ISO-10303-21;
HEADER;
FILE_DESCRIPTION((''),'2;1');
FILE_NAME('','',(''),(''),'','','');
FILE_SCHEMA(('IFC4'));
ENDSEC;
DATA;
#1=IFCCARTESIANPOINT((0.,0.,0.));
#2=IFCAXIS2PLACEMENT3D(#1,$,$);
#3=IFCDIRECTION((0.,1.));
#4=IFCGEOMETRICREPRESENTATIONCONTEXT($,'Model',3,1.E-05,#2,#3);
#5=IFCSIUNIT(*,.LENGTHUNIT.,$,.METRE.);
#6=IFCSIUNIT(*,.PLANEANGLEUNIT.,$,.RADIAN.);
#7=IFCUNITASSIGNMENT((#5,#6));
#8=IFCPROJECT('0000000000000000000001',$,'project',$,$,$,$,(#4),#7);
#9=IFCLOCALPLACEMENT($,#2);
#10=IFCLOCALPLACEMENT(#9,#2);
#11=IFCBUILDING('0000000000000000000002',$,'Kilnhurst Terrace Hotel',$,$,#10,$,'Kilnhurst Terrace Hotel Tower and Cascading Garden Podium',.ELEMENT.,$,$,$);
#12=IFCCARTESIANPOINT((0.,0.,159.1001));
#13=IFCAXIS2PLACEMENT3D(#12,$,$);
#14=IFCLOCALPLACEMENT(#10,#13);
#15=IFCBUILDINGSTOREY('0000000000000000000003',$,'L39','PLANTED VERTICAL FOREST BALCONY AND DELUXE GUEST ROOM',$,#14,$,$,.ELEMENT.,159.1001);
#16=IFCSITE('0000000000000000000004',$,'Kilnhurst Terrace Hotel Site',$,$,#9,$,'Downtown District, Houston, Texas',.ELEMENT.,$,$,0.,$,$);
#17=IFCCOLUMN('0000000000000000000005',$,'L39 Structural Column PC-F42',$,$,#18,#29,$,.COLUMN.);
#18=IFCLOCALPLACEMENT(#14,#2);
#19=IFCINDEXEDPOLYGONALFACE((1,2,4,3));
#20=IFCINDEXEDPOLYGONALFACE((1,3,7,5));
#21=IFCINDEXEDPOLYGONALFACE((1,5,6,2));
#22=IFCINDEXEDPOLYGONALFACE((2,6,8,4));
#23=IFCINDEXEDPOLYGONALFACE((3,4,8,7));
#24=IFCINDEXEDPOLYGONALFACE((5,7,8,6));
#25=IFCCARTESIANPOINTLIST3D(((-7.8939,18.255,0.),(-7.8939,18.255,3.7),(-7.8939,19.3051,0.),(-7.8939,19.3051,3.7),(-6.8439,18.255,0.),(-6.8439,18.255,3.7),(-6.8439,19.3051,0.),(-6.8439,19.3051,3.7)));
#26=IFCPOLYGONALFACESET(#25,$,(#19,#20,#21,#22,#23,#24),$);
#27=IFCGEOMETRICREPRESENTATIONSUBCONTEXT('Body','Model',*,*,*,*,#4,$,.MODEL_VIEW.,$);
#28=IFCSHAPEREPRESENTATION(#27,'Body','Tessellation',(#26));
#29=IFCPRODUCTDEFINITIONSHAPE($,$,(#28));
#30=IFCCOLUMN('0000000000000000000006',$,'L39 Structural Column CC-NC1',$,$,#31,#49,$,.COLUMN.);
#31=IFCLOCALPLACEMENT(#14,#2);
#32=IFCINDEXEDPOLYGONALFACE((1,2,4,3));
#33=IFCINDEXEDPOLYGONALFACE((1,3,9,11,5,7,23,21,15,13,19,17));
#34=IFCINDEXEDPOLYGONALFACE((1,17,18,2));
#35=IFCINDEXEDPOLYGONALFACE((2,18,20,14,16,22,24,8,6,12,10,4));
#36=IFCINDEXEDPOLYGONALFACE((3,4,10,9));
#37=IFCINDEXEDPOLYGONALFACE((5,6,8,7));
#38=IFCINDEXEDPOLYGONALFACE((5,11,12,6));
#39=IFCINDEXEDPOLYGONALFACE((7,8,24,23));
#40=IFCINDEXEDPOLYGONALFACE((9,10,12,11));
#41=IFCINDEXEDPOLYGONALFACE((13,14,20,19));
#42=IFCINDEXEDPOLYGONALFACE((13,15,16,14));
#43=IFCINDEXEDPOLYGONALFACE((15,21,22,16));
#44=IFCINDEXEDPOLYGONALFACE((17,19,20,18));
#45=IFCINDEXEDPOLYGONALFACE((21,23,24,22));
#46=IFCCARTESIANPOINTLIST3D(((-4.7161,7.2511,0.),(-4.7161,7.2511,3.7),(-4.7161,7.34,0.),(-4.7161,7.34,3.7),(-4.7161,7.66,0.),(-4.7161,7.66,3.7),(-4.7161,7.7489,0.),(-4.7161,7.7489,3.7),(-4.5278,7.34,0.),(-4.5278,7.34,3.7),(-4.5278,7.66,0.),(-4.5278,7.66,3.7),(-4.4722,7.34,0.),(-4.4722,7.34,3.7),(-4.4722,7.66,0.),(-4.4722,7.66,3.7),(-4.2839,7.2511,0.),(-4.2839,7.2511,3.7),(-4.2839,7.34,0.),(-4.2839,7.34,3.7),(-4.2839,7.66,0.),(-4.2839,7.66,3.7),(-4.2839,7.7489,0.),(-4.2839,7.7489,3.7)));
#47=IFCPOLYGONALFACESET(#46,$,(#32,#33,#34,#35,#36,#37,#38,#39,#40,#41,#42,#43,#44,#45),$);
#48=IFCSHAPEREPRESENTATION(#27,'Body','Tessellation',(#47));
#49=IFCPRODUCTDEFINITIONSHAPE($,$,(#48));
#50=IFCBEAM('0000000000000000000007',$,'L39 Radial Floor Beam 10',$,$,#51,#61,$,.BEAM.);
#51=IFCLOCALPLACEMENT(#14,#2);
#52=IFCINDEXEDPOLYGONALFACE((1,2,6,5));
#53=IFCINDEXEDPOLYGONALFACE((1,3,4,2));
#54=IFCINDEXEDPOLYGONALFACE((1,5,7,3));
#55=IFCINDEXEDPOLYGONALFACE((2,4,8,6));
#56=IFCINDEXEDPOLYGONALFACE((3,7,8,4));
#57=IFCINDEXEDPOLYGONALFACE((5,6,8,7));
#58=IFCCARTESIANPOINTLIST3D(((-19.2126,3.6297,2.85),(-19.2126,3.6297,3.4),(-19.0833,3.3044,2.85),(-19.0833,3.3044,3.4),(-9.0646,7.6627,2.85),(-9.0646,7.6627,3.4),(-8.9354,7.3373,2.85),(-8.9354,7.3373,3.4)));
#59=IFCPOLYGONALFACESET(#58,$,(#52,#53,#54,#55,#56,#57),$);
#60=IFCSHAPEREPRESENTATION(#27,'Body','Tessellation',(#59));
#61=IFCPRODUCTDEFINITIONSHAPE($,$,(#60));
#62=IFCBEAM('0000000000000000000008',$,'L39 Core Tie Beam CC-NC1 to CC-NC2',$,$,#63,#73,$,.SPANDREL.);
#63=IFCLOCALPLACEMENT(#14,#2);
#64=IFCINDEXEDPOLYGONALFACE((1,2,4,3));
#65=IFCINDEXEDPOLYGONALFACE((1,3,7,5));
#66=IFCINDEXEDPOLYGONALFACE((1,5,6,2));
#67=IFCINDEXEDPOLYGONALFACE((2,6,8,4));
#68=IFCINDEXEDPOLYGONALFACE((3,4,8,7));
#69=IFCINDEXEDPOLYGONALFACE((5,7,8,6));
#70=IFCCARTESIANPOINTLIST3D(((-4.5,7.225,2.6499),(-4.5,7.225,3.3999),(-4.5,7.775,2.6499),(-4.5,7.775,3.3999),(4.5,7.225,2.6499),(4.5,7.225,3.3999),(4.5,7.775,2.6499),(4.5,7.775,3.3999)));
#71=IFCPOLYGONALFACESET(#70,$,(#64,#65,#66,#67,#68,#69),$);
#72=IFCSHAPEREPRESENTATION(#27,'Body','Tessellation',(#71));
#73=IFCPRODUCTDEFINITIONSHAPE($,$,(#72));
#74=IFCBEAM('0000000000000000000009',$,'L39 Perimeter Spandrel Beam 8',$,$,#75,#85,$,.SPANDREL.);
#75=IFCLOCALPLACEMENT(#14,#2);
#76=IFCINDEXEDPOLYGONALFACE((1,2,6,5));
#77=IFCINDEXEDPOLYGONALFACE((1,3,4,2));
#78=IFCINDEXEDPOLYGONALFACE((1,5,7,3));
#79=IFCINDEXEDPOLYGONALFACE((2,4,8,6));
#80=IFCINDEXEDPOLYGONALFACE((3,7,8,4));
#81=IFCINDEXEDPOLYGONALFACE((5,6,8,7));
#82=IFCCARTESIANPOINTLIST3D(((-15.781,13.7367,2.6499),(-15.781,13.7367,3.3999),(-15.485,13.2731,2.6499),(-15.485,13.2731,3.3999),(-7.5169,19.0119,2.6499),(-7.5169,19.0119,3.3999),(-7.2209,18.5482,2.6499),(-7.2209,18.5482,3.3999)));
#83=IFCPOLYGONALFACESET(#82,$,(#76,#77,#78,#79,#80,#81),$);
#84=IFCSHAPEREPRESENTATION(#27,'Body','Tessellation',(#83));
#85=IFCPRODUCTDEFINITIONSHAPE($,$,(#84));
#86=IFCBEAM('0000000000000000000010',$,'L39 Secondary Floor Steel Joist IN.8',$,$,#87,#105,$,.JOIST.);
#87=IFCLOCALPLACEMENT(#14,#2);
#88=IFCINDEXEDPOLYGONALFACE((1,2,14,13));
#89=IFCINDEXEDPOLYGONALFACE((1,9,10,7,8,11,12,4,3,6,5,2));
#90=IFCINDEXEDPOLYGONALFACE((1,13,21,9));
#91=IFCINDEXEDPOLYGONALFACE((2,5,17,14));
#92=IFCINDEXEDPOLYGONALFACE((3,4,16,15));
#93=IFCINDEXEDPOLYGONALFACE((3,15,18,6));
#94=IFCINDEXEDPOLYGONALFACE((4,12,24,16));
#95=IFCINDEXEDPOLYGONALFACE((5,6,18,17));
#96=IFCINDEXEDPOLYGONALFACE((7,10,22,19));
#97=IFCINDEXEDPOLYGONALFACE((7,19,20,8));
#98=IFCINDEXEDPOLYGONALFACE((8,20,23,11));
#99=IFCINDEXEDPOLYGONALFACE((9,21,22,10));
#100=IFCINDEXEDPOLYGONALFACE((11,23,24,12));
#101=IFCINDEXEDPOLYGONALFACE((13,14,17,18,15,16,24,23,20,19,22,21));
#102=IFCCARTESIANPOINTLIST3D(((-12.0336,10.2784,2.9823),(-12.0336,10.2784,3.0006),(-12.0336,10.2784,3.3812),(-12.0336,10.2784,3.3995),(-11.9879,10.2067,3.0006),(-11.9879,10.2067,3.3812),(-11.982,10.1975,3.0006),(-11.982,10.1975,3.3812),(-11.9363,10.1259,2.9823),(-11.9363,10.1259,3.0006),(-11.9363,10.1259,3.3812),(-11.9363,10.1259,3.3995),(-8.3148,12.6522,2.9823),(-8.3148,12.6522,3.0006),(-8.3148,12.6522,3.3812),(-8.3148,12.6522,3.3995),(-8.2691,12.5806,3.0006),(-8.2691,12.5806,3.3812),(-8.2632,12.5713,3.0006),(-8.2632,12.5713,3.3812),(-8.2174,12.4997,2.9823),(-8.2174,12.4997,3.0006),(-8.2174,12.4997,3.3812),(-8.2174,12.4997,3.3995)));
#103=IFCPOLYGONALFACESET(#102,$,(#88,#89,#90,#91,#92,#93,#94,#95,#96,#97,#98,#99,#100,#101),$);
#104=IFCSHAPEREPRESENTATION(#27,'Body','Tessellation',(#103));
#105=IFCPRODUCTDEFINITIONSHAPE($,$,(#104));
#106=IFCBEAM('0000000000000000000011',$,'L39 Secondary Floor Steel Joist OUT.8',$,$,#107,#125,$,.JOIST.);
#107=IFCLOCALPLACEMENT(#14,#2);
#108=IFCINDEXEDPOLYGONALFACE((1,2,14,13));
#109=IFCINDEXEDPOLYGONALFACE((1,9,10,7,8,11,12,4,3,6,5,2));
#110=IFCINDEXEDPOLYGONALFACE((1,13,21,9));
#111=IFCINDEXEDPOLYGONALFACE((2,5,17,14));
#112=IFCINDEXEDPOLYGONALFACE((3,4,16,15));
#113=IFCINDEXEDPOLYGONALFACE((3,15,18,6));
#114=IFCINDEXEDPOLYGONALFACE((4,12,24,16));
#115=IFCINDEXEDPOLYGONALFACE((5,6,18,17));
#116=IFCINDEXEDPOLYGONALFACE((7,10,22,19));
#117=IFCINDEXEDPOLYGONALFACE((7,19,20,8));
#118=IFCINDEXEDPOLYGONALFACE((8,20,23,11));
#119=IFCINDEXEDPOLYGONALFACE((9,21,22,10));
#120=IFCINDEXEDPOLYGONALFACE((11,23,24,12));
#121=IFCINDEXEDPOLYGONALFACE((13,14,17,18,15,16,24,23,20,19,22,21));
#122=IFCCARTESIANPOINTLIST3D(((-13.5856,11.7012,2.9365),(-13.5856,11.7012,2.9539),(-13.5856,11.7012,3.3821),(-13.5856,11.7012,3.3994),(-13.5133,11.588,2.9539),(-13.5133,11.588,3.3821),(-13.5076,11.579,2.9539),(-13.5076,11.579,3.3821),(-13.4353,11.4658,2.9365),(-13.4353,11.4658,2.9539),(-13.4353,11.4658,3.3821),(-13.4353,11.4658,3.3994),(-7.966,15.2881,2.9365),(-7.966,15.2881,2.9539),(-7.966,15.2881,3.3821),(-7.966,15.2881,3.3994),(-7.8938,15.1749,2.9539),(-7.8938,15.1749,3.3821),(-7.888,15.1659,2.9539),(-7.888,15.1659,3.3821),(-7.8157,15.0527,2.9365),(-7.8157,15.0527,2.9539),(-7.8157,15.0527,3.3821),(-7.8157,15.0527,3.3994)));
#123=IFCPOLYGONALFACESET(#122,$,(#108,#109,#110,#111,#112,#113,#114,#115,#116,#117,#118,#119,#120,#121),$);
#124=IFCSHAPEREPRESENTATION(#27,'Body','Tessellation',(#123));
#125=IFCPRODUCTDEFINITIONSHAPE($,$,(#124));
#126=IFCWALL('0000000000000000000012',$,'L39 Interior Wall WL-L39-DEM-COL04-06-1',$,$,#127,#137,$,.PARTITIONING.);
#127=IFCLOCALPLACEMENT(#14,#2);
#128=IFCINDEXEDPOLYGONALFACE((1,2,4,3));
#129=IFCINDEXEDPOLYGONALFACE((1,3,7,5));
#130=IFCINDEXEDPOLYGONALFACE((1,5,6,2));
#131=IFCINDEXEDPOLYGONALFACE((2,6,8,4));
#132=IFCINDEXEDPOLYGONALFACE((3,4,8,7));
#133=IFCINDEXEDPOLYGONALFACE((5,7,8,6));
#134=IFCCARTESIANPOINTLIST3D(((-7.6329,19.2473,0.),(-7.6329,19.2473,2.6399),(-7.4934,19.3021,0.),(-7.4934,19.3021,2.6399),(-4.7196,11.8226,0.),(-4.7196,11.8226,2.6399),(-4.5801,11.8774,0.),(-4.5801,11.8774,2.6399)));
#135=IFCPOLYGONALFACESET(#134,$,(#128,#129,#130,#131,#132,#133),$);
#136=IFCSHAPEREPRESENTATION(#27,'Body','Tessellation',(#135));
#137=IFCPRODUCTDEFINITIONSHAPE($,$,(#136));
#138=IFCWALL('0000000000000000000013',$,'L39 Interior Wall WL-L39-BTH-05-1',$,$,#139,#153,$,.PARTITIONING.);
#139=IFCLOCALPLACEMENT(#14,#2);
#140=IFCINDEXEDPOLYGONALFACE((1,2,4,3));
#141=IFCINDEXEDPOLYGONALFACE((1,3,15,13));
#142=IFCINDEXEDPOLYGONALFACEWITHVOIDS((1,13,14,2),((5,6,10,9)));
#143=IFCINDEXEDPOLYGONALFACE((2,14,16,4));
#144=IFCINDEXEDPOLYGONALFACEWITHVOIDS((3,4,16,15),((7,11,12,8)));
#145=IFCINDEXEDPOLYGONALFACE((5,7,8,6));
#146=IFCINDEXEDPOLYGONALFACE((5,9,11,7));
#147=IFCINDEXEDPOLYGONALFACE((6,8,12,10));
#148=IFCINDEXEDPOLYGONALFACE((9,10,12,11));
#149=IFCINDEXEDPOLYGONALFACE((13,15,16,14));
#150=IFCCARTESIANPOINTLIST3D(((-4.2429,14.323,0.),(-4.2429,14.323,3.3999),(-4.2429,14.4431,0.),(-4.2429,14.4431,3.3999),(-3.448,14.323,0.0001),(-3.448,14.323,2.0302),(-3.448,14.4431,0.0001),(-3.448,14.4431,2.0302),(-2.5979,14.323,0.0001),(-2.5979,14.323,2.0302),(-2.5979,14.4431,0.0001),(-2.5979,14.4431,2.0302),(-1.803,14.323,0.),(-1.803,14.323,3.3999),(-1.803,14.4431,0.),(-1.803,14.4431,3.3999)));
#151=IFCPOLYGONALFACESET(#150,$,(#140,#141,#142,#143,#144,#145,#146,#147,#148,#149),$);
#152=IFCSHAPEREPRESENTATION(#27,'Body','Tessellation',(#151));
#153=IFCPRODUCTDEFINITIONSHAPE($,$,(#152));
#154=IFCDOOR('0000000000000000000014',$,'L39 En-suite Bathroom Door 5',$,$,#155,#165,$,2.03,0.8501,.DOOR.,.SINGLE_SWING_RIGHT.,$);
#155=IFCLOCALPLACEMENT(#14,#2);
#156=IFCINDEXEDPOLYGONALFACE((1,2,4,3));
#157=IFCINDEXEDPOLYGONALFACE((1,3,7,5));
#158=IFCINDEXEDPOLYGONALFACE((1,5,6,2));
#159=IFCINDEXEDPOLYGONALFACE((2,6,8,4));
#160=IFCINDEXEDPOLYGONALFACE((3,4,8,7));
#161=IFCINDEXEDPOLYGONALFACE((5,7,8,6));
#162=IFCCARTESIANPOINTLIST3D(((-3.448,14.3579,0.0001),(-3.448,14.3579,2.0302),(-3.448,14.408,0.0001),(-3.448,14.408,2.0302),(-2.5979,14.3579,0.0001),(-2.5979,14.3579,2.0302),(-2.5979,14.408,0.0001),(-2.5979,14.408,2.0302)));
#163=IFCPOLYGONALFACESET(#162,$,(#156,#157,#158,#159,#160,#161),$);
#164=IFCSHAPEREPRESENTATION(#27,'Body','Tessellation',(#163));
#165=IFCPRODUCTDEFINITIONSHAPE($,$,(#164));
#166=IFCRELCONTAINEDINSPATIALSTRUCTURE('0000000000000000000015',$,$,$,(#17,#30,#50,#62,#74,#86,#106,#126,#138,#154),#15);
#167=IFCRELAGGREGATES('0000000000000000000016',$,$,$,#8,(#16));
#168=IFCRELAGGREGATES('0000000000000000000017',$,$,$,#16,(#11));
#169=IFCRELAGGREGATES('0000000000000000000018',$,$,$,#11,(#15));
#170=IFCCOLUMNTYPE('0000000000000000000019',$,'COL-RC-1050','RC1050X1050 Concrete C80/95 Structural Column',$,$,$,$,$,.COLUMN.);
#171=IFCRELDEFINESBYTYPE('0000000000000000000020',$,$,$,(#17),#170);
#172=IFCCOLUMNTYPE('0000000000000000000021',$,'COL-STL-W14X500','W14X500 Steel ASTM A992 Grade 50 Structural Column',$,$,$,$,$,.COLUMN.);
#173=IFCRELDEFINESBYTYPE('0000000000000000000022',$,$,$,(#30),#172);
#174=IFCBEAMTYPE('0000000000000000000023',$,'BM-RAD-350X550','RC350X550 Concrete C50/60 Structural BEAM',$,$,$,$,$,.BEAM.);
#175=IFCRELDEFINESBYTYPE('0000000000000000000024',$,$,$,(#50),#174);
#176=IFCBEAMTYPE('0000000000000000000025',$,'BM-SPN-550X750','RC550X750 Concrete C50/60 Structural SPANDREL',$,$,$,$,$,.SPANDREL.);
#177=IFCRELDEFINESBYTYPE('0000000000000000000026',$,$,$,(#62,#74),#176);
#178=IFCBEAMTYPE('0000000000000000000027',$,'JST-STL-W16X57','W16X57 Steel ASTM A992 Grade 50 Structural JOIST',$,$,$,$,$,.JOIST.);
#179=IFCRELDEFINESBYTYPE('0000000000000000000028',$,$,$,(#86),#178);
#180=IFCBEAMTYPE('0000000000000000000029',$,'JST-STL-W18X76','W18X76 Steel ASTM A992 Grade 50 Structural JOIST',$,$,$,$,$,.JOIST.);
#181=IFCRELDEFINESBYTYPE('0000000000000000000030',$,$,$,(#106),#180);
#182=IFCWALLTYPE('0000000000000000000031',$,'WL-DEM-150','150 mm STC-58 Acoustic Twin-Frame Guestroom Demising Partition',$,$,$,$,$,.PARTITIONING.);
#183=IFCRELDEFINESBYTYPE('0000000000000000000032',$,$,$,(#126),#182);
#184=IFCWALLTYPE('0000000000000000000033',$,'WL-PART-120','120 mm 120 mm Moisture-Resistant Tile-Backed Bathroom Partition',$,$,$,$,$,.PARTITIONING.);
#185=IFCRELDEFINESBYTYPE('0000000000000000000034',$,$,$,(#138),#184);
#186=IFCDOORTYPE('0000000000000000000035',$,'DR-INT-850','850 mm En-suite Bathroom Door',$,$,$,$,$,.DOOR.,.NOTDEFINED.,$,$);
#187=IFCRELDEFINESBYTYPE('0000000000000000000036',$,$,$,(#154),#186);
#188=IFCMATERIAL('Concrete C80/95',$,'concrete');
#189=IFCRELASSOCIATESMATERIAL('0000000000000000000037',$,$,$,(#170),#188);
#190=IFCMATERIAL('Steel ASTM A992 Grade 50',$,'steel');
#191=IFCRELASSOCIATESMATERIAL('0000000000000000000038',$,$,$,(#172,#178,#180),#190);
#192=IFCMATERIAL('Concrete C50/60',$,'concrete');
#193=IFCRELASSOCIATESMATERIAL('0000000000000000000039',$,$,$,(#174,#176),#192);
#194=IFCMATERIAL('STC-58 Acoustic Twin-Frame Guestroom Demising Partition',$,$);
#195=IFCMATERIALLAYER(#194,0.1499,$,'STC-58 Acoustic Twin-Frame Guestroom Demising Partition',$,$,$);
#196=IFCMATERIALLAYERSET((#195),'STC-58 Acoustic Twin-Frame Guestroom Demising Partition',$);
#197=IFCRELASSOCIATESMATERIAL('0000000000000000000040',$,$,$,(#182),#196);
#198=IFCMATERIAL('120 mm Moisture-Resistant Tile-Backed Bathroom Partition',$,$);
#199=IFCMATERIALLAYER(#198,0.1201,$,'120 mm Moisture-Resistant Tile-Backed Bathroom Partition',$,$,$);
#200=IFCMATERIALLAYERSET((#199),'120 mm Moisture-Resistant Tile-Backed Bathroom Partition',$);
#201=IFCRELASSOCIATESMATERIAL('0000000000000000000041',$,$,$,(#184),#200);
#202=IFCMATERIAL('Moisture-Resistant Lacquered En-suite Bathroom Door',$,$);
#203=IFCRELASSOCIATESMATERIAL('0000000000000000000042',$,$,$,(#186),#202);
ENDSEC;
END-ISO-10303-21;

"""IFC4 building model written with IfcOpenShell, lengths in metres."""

from ifc_helpers import new_model, si_unit, direction, frame, frame_2d, origin, origin_2d, place, context, subcontext, project, spatial, rectangle, i_section, extrude, material, layer, layer_set, material_profile, profile_set, type_object, element, fill, save


model = new_model("IFC4")

# Units and contexts
model_context = context("Model", 3, precision=1e-05, world=origin(), true_north=direction((0.0, 1.0)))
body_context = subcontext(model_context, "Body", "Model", "MODEL_VIEW")
ifc_project = project(units=[si_unit("LENGTHUNIT", "METRE"), si_unit("PLANEANGLEUNIT", "RADIAN")], contexts=[model_context])

# Site, building, storey
site_placement = place(None, origin())
site = spatial("IfcSite", under=ifc_project, at=site_placement, Name="Kilnhurst Terrace Hotel Site", LongName="Downtown District, Houston, Texas", CompositionType="ELEMENT", RefElevation=0.0)
building_placement = place(site_placement, origin())
building = spatial("IfcBuilding", under=site, at=building_placement, Name="Kilnhurst Terrace Hotel", LongName="Kilnhurst Terrace Hotel Tower and Cascading Garden Podium", CompositionType="ELEMENT")
storey_placement = place(building_placement, frame((0.0, 0.0, 159.1001)))
storey = spatial("IfcBuildingStorey", under=building, at=storey_placement, Name="L39", Description="PLANTED VERTICAL FOREST BALCONY AND DELUXE GUEST ROOM", CompositionType="ELEMENT", Elevation=159.1001)

# Columns
ifc_material_1 = material(Name="Concrete C80/95", Category="concrete")
ifc_material_profile_1 = material_profile(ifc_material_1, rectangle(XDim=1.05, YDim=1.05, at=origin_2d()), Name="RC1050X1050")
ifc_profile_set_1 = profile_set([ifc_material_profile_1], Name="Concrete C80/95")
column_type_1 = type_object("IfcColumnType", Name="COL-RC-1050", Description="RC1050X1050 Concrete C80/95 Structural Column", PredefinedType="COLUMN", material=ifc_profile_set_1)
column_1_placement = place(storey_placement, frame((-7.3689, 18.78, 0.0), z_axis=(0.0, 0.0, 1.0), x_axis=(1.0, 0.0, 0.0)))
element("IfcColumn", 1, at=column_1_placement, inside=storey, type_object=column_type_1, Name="L39 Structural Column PC-F42", PredefinedType="COLUMN", context=body_context, shape_type="SweptSolid", body=[
    extrude(rectangle(XDim=1.05, YDim=1.05, at=origin_2d()), origin(), (0.0, 0.0, 1.0), 3.7),
])
ifc_material_2 = material(Name="Steel ASTM A992 Grade 50", Category="steel")
ifc_material_profile_2 = material_profile(ifc_material_2, i_section(OverallWidth=0.4321, OverallDepth=0.4978, WebThickness=0.0557, FlangeThickness=0.0889, at=origin_2d()), Name="W14X500")
ifc_profile_set_2 = profile_set([ifc_material_profile_2], Name="Steel ASTM A992 Grade 50")
column_type_2 = type_object("IfcColumnType", Name="COL-STL-W14X500", Description="W14X500 Steel ASTM A992 Grade 50 Structural Column", PredefinedType="COLUMN", material=ifc_profile_set_2)
column_2_placement = place(storey_placement, frame((-4.5, 7.5, 0.0), z_axis=(0.0, 0.0, 1.0), x_axis=(1.0, 0.0, 0.0)))
element("IfcColumn", 2, at=column_2_placement, inside=storey, type_object=column_type_2, Name="L39 Structural Column CC-NC1", PredefinedType="COLUMN", context=body_context, shape_type="SweptSolid", body=[
    extrude(i_section(OverallWidth=0.4321, OverallDepth=0.4978, WebThickness=0.0557, FlangeThickness=0.0889, at=origin_2d()), origin(), (0.0, 0.0, 1.0), 3.7),
])

# Beams
ifc_material_3 = material(Name="Concrete C50/60", Category="concrete")
ifc_material_profile_3 = material_profile(ifc_material_3, rectangle(XDim=0.3501, YDim=0.55, at=origin_2d()), Name="RC350X550")
ifc_profile_set_3 = profile_set([ifc_material_profile_3], Name="Concrete C50/60")
beam_type_1 = type_object("IfcBeamType", Name="BM-RAD-350X550", Description="RC350X550 Concrete C50/60 Structural BEAM", PredefinedType="BEAM", material=ifc_profile_set_3)
beam_1_placement = place(storey_placement, frame((-9.0, 7.5, 3.125), z_axis=(-0.929302, -0.36932, 0.0), x_axis=(0.36932, -0.929302, 0.0)))
element("IfcBeam", 3, at=beam_1_placement, inside=storey, type_object=beam_type_1, Name="L39 Radial Floor Beam 10", PredefinedType="BEAM", context=body_context, shape_type="SweptSolid", body=[
    extrude(rectangle(XDim=0.3501, YDim=0.55, at=origin_2d()), origin(), (0.0, 0.0, 1.0), 10.9199),
])
ifc_material_profile_4 = material_profile(ifc_material_3, rectangle(XDim=0.55, YDim=0.75, at=origin_2d()), Name="RC550X750")
ifc_profile_set_4 = profile_set([ifc_material_profile_4], Name="Concrete C50/60")
beam_type_2 = type_object("IfcBeamType", Name="BM-SPN-550X750", Description="RC550X750 Concrete C50/60 Structural SPANDREL", PredefinedType="SPANDREL", material=ifc_profile_set_4)
beam_2_placement = place(storey_placement, frame((-4.5, 7.5, 3.0249), z_axis=(1.0, 0.0, 0.0), x_axis=(0.0, 1.0, 0.0)))
element("IfcBeam", 4, at=beam_2_placement, inside=storey, type_object=beam_type_2, Name="L39 Core Tie Beam CC-NC1 to CC-NC2", PredefinedType="SPANDREL", context=body_context, shape_type="SweptSolid", body=[
    extrude(rectangle(XDim=0.55, YDim=0.75, at=origin_2d()), origin(), (0.0, 0.0, 1.0), 9.0),
])
beam_3_placement = place(storey_placement, frame((-7.3689, 18.78, 3.0249), z_axis=(-0.842915, -0.538046, 0.0), x_axis=(0.538046, -0.842915, 0.0)))
element("IfcBeam", 5, at=beam_3_placement, inside=storey, type_object=beam_type_2, Name="L39 Perimeter Spandrel Beam 8", PredefinedType="SPANDREL", context=body_context, shape_type="SweptSolid", body=[
    extrude(rectangle(XDim=0.55, YDim=0.75, at=origin_2d()), origin(), (0.0, 0.0, 1.0), 9.8042),
])
ifc_material_profile_5 = material_profile(ifc_material_2, i_section(OverallWidth=0.1809, OverallDepth=0.4172, WebThickness=0.011, FlangeThickness=0.0183, at=origin_2d()), Name="W16X57")
ifc_profile_set_5 = profile_set([ifc_material_profile_5], Name="Steel ASTM A992 Grade 50")
beam_type_3 = type_object("IfcBeamType", Name="JST-STL-W16X57", Description="W16X57 Steel ASTM A992 Grade 50 Structural JOIST", PredefinedType="JOIST", material=ifc_profile_set_5)
beam_4_placement = place(storey_placement, frame((-8.2661, 12.5759, 3.1909), z_axis=(-0.842911, -0.538053, 0.0), x_axis=(0.538053, -0.842911, 0.0)))
element("IfcBeam", 6, at=beam_4_placement, inside=storey, type_object=beam_type_3, Name="L39 Secondary Floor Steel Joist IN.8", PredefinedType="JOIST", context=body_context, shape_type="SweptSolid", body=[
    extrude(i_section(OverallWidth=0.1809, OverallDepth=0.4172, WebThickness=0.011, FlangeThickness=0.0183, at=origin_2d()), origin(), (0.0, 0.0, 1.0), 4.4119),
])
ifc_material_profile_6 = material_profile(ifc_material_2, i_section(OverallWidth=0.2793, OverallDepth=0.4629, WebThickness=0.0107, FlangeThickness=0.0173, at=origin_2d()), Name="W18X76")
ifc_profile_set_6 = profile_set([ifc_material_profile_6], Name="Steel ASTM A992 Grade 50")
beam_type_4 = type_object("IfcBeamType", Name="JST-STL-W18X76", Description="W18X76 Steel ASTM A992 Grade 50 Structural JOIST", PredefinedType="JOIST", material=ifc_profile_set_6)
beam_5_placement = place(storey_placement, frame((-7.8909, 15.1704, 3.168), z_axis=(-0.842928, -0.538027, 0.0), x_axis=(0.538027, -0.842928, 0.0)))
element("IfcBeam", 7, at=beam_5_placement, inside=storey, type_object=beam_type_4, Name="L39 Secondary Floor Steel Joist OUT.8", PredefinedType="JOIST", context=body_context, shape_type="SweptSolid", body=[
    extrude(i_section(OverallWidth=0.2793, OverallDepth=0.4629, WebThickness=0.0107, FlangeThickness=0.0173, at=origin_2d()), origin(), (0.0, 0.0, 1.0), 6.6667),
])

# Wall
ifc_material_4 = material(Name="STC-58 Acoustic Twin-Frame Guestroom Demising Partition")
ifc_layer_1 = layer(ifc_material_4, 0.1499, Name="STC-58 Acoustic Twin-Frame Guestroom Demising Partition")
ifc_layer_set_1 = layer_set([ifc_layer_1], Name="STC-58 Acoustic Twin-Frame Guestroom Demising Partition")
wall_type_1 = type_object("IfcWallType", Name="WL-DEM-150", Description="150 mm STC-58 Acoustic Twin-Frame Guestroom Demising Partition", PredefinedType="PARTITIONING", material=ifc_layer_set_1)
wall_1_placement = place(storey_placement, frame((-4.6499, 11.8501, 0.0), z_axis=(0.0, 0.0, 1.0), x_axis=(-0.365266, 0.930903, 0.0)))
element("IfcWall", 8, at=wall_1_placement, inside=storey, type_object=wall_type_1, Name="L39 Interior Wall WL-L39-DEM-COL04-06-1", PredefinedType="PARTITIONING", context=body_context, shape_type="SweptSolid", body=[
    extrude(rectangle(XDim=7.9758, YDim=0.1499, at=frame_2d((3.9878, 0.0))), origin(), (0.0, 0.0, 1.0), 2.6399),
])

# Wall, opening, door
ifc_material_5 = material(Name="120 mm Moisture-Resistant Tile-Backed Bathroom Partition")
ifc_layer_2 = layer(ifc_material_5, 0.1201, Name="120 mm Moisture-Resistant Tile-Backed Bathroom Partition")
ifc_layer_set_2 = layer_set([ifc_layer_2], Name="120 mm Moisture-Resistant Tile-Backed Bathroom Partition")
wall_type_2 = type_object("IfcWallType", Name="WL-PART-120", Description="120 mm 120 mm Moisture-Resistant Tile-Backed Bathroom Partition", PredefinedType="PARTITIONING", material=ifc_layer_set_2)
wall_2_placement = place(storey_placement, frame((-4.2429, 14.3831, 0.0), z_axis=(0.0, 0.0, 1.0), x_axis=(1.0, 0.0, 0.0)))
wall_2 = element("IfcWall", 9, at=wall_2_placement, inside=storey, type_object=wall_type_2, Name="L39 Interior Wall WL-L39-BTH-05-1", PredefinedType="PARTITIONING", context=body_context, shape_type="SweptSolid", body=[
    extrude(rectangle(XDim=2.4399, YDim=0.1201, at=frame_2d((1.22, 0.0))), origin(), (0.0, 0.0, 1.0), 3.3999),
])
opening_1_placement = place(wall_2_placement, frame((0.7949, 0.0, 0.0)))
opening_1 = element("IfcOpeningElement", 10, at=opening_1_placement, cuts=wall_2, PredefinedType="OPENING", context=body_context, shape_type="SweptSolid", body=[
    extrude(rectangle(XDim=0.8501, YDim=2.03, at=frame_2d((0.425, 1.0151))), frame((0.0, 0.0701, 0.0), z_axis=(0.0, -1.0, 0.0), x_axis=(1.0, 0.0, 0.0)), (0.0, 0.0, 1.0), 0.1401),
])
ifc_material_6 = material(Name="Moisture-Resistant Lacquered En-suite Bathroom Door")
door_type_1 = type_object("IfcDoorType", Name="DR-INT-850", Description="850 mm En-suite Bathroom Door", OperationType="NOTDEFINED", PredefinedType="DOOR", material=ifc_material_6)
door_1_placement = place(opening_1_placement, origin())
door_1 = element("IfcDoor", 11, at=door_1_placement, inside=storey, type_object=door_type_1, Name="L39 En-suite Bathroom Door 5", OperationType="SINGLE_SWING_RIGHT", OverallHeight=2.03, OverallWidth=0.8501, PredefinedType="DOOR", context=body_context, shape_type="SweptSolid", body=[
    extrude(rectangle(XDim=0.8501, YDim=2.03, at=frame_2d((0.425, 1.0151))), frame((0.0, 0.0249, 0.0), z_axis=(0.0, -1.0, 0.0), x_axis=(1.0, 0.0, 0.0)), (0.0, 0.0, 1.0), 0.05),
])
fill(opening_1, door_1)

save(model, "model.ifc")
